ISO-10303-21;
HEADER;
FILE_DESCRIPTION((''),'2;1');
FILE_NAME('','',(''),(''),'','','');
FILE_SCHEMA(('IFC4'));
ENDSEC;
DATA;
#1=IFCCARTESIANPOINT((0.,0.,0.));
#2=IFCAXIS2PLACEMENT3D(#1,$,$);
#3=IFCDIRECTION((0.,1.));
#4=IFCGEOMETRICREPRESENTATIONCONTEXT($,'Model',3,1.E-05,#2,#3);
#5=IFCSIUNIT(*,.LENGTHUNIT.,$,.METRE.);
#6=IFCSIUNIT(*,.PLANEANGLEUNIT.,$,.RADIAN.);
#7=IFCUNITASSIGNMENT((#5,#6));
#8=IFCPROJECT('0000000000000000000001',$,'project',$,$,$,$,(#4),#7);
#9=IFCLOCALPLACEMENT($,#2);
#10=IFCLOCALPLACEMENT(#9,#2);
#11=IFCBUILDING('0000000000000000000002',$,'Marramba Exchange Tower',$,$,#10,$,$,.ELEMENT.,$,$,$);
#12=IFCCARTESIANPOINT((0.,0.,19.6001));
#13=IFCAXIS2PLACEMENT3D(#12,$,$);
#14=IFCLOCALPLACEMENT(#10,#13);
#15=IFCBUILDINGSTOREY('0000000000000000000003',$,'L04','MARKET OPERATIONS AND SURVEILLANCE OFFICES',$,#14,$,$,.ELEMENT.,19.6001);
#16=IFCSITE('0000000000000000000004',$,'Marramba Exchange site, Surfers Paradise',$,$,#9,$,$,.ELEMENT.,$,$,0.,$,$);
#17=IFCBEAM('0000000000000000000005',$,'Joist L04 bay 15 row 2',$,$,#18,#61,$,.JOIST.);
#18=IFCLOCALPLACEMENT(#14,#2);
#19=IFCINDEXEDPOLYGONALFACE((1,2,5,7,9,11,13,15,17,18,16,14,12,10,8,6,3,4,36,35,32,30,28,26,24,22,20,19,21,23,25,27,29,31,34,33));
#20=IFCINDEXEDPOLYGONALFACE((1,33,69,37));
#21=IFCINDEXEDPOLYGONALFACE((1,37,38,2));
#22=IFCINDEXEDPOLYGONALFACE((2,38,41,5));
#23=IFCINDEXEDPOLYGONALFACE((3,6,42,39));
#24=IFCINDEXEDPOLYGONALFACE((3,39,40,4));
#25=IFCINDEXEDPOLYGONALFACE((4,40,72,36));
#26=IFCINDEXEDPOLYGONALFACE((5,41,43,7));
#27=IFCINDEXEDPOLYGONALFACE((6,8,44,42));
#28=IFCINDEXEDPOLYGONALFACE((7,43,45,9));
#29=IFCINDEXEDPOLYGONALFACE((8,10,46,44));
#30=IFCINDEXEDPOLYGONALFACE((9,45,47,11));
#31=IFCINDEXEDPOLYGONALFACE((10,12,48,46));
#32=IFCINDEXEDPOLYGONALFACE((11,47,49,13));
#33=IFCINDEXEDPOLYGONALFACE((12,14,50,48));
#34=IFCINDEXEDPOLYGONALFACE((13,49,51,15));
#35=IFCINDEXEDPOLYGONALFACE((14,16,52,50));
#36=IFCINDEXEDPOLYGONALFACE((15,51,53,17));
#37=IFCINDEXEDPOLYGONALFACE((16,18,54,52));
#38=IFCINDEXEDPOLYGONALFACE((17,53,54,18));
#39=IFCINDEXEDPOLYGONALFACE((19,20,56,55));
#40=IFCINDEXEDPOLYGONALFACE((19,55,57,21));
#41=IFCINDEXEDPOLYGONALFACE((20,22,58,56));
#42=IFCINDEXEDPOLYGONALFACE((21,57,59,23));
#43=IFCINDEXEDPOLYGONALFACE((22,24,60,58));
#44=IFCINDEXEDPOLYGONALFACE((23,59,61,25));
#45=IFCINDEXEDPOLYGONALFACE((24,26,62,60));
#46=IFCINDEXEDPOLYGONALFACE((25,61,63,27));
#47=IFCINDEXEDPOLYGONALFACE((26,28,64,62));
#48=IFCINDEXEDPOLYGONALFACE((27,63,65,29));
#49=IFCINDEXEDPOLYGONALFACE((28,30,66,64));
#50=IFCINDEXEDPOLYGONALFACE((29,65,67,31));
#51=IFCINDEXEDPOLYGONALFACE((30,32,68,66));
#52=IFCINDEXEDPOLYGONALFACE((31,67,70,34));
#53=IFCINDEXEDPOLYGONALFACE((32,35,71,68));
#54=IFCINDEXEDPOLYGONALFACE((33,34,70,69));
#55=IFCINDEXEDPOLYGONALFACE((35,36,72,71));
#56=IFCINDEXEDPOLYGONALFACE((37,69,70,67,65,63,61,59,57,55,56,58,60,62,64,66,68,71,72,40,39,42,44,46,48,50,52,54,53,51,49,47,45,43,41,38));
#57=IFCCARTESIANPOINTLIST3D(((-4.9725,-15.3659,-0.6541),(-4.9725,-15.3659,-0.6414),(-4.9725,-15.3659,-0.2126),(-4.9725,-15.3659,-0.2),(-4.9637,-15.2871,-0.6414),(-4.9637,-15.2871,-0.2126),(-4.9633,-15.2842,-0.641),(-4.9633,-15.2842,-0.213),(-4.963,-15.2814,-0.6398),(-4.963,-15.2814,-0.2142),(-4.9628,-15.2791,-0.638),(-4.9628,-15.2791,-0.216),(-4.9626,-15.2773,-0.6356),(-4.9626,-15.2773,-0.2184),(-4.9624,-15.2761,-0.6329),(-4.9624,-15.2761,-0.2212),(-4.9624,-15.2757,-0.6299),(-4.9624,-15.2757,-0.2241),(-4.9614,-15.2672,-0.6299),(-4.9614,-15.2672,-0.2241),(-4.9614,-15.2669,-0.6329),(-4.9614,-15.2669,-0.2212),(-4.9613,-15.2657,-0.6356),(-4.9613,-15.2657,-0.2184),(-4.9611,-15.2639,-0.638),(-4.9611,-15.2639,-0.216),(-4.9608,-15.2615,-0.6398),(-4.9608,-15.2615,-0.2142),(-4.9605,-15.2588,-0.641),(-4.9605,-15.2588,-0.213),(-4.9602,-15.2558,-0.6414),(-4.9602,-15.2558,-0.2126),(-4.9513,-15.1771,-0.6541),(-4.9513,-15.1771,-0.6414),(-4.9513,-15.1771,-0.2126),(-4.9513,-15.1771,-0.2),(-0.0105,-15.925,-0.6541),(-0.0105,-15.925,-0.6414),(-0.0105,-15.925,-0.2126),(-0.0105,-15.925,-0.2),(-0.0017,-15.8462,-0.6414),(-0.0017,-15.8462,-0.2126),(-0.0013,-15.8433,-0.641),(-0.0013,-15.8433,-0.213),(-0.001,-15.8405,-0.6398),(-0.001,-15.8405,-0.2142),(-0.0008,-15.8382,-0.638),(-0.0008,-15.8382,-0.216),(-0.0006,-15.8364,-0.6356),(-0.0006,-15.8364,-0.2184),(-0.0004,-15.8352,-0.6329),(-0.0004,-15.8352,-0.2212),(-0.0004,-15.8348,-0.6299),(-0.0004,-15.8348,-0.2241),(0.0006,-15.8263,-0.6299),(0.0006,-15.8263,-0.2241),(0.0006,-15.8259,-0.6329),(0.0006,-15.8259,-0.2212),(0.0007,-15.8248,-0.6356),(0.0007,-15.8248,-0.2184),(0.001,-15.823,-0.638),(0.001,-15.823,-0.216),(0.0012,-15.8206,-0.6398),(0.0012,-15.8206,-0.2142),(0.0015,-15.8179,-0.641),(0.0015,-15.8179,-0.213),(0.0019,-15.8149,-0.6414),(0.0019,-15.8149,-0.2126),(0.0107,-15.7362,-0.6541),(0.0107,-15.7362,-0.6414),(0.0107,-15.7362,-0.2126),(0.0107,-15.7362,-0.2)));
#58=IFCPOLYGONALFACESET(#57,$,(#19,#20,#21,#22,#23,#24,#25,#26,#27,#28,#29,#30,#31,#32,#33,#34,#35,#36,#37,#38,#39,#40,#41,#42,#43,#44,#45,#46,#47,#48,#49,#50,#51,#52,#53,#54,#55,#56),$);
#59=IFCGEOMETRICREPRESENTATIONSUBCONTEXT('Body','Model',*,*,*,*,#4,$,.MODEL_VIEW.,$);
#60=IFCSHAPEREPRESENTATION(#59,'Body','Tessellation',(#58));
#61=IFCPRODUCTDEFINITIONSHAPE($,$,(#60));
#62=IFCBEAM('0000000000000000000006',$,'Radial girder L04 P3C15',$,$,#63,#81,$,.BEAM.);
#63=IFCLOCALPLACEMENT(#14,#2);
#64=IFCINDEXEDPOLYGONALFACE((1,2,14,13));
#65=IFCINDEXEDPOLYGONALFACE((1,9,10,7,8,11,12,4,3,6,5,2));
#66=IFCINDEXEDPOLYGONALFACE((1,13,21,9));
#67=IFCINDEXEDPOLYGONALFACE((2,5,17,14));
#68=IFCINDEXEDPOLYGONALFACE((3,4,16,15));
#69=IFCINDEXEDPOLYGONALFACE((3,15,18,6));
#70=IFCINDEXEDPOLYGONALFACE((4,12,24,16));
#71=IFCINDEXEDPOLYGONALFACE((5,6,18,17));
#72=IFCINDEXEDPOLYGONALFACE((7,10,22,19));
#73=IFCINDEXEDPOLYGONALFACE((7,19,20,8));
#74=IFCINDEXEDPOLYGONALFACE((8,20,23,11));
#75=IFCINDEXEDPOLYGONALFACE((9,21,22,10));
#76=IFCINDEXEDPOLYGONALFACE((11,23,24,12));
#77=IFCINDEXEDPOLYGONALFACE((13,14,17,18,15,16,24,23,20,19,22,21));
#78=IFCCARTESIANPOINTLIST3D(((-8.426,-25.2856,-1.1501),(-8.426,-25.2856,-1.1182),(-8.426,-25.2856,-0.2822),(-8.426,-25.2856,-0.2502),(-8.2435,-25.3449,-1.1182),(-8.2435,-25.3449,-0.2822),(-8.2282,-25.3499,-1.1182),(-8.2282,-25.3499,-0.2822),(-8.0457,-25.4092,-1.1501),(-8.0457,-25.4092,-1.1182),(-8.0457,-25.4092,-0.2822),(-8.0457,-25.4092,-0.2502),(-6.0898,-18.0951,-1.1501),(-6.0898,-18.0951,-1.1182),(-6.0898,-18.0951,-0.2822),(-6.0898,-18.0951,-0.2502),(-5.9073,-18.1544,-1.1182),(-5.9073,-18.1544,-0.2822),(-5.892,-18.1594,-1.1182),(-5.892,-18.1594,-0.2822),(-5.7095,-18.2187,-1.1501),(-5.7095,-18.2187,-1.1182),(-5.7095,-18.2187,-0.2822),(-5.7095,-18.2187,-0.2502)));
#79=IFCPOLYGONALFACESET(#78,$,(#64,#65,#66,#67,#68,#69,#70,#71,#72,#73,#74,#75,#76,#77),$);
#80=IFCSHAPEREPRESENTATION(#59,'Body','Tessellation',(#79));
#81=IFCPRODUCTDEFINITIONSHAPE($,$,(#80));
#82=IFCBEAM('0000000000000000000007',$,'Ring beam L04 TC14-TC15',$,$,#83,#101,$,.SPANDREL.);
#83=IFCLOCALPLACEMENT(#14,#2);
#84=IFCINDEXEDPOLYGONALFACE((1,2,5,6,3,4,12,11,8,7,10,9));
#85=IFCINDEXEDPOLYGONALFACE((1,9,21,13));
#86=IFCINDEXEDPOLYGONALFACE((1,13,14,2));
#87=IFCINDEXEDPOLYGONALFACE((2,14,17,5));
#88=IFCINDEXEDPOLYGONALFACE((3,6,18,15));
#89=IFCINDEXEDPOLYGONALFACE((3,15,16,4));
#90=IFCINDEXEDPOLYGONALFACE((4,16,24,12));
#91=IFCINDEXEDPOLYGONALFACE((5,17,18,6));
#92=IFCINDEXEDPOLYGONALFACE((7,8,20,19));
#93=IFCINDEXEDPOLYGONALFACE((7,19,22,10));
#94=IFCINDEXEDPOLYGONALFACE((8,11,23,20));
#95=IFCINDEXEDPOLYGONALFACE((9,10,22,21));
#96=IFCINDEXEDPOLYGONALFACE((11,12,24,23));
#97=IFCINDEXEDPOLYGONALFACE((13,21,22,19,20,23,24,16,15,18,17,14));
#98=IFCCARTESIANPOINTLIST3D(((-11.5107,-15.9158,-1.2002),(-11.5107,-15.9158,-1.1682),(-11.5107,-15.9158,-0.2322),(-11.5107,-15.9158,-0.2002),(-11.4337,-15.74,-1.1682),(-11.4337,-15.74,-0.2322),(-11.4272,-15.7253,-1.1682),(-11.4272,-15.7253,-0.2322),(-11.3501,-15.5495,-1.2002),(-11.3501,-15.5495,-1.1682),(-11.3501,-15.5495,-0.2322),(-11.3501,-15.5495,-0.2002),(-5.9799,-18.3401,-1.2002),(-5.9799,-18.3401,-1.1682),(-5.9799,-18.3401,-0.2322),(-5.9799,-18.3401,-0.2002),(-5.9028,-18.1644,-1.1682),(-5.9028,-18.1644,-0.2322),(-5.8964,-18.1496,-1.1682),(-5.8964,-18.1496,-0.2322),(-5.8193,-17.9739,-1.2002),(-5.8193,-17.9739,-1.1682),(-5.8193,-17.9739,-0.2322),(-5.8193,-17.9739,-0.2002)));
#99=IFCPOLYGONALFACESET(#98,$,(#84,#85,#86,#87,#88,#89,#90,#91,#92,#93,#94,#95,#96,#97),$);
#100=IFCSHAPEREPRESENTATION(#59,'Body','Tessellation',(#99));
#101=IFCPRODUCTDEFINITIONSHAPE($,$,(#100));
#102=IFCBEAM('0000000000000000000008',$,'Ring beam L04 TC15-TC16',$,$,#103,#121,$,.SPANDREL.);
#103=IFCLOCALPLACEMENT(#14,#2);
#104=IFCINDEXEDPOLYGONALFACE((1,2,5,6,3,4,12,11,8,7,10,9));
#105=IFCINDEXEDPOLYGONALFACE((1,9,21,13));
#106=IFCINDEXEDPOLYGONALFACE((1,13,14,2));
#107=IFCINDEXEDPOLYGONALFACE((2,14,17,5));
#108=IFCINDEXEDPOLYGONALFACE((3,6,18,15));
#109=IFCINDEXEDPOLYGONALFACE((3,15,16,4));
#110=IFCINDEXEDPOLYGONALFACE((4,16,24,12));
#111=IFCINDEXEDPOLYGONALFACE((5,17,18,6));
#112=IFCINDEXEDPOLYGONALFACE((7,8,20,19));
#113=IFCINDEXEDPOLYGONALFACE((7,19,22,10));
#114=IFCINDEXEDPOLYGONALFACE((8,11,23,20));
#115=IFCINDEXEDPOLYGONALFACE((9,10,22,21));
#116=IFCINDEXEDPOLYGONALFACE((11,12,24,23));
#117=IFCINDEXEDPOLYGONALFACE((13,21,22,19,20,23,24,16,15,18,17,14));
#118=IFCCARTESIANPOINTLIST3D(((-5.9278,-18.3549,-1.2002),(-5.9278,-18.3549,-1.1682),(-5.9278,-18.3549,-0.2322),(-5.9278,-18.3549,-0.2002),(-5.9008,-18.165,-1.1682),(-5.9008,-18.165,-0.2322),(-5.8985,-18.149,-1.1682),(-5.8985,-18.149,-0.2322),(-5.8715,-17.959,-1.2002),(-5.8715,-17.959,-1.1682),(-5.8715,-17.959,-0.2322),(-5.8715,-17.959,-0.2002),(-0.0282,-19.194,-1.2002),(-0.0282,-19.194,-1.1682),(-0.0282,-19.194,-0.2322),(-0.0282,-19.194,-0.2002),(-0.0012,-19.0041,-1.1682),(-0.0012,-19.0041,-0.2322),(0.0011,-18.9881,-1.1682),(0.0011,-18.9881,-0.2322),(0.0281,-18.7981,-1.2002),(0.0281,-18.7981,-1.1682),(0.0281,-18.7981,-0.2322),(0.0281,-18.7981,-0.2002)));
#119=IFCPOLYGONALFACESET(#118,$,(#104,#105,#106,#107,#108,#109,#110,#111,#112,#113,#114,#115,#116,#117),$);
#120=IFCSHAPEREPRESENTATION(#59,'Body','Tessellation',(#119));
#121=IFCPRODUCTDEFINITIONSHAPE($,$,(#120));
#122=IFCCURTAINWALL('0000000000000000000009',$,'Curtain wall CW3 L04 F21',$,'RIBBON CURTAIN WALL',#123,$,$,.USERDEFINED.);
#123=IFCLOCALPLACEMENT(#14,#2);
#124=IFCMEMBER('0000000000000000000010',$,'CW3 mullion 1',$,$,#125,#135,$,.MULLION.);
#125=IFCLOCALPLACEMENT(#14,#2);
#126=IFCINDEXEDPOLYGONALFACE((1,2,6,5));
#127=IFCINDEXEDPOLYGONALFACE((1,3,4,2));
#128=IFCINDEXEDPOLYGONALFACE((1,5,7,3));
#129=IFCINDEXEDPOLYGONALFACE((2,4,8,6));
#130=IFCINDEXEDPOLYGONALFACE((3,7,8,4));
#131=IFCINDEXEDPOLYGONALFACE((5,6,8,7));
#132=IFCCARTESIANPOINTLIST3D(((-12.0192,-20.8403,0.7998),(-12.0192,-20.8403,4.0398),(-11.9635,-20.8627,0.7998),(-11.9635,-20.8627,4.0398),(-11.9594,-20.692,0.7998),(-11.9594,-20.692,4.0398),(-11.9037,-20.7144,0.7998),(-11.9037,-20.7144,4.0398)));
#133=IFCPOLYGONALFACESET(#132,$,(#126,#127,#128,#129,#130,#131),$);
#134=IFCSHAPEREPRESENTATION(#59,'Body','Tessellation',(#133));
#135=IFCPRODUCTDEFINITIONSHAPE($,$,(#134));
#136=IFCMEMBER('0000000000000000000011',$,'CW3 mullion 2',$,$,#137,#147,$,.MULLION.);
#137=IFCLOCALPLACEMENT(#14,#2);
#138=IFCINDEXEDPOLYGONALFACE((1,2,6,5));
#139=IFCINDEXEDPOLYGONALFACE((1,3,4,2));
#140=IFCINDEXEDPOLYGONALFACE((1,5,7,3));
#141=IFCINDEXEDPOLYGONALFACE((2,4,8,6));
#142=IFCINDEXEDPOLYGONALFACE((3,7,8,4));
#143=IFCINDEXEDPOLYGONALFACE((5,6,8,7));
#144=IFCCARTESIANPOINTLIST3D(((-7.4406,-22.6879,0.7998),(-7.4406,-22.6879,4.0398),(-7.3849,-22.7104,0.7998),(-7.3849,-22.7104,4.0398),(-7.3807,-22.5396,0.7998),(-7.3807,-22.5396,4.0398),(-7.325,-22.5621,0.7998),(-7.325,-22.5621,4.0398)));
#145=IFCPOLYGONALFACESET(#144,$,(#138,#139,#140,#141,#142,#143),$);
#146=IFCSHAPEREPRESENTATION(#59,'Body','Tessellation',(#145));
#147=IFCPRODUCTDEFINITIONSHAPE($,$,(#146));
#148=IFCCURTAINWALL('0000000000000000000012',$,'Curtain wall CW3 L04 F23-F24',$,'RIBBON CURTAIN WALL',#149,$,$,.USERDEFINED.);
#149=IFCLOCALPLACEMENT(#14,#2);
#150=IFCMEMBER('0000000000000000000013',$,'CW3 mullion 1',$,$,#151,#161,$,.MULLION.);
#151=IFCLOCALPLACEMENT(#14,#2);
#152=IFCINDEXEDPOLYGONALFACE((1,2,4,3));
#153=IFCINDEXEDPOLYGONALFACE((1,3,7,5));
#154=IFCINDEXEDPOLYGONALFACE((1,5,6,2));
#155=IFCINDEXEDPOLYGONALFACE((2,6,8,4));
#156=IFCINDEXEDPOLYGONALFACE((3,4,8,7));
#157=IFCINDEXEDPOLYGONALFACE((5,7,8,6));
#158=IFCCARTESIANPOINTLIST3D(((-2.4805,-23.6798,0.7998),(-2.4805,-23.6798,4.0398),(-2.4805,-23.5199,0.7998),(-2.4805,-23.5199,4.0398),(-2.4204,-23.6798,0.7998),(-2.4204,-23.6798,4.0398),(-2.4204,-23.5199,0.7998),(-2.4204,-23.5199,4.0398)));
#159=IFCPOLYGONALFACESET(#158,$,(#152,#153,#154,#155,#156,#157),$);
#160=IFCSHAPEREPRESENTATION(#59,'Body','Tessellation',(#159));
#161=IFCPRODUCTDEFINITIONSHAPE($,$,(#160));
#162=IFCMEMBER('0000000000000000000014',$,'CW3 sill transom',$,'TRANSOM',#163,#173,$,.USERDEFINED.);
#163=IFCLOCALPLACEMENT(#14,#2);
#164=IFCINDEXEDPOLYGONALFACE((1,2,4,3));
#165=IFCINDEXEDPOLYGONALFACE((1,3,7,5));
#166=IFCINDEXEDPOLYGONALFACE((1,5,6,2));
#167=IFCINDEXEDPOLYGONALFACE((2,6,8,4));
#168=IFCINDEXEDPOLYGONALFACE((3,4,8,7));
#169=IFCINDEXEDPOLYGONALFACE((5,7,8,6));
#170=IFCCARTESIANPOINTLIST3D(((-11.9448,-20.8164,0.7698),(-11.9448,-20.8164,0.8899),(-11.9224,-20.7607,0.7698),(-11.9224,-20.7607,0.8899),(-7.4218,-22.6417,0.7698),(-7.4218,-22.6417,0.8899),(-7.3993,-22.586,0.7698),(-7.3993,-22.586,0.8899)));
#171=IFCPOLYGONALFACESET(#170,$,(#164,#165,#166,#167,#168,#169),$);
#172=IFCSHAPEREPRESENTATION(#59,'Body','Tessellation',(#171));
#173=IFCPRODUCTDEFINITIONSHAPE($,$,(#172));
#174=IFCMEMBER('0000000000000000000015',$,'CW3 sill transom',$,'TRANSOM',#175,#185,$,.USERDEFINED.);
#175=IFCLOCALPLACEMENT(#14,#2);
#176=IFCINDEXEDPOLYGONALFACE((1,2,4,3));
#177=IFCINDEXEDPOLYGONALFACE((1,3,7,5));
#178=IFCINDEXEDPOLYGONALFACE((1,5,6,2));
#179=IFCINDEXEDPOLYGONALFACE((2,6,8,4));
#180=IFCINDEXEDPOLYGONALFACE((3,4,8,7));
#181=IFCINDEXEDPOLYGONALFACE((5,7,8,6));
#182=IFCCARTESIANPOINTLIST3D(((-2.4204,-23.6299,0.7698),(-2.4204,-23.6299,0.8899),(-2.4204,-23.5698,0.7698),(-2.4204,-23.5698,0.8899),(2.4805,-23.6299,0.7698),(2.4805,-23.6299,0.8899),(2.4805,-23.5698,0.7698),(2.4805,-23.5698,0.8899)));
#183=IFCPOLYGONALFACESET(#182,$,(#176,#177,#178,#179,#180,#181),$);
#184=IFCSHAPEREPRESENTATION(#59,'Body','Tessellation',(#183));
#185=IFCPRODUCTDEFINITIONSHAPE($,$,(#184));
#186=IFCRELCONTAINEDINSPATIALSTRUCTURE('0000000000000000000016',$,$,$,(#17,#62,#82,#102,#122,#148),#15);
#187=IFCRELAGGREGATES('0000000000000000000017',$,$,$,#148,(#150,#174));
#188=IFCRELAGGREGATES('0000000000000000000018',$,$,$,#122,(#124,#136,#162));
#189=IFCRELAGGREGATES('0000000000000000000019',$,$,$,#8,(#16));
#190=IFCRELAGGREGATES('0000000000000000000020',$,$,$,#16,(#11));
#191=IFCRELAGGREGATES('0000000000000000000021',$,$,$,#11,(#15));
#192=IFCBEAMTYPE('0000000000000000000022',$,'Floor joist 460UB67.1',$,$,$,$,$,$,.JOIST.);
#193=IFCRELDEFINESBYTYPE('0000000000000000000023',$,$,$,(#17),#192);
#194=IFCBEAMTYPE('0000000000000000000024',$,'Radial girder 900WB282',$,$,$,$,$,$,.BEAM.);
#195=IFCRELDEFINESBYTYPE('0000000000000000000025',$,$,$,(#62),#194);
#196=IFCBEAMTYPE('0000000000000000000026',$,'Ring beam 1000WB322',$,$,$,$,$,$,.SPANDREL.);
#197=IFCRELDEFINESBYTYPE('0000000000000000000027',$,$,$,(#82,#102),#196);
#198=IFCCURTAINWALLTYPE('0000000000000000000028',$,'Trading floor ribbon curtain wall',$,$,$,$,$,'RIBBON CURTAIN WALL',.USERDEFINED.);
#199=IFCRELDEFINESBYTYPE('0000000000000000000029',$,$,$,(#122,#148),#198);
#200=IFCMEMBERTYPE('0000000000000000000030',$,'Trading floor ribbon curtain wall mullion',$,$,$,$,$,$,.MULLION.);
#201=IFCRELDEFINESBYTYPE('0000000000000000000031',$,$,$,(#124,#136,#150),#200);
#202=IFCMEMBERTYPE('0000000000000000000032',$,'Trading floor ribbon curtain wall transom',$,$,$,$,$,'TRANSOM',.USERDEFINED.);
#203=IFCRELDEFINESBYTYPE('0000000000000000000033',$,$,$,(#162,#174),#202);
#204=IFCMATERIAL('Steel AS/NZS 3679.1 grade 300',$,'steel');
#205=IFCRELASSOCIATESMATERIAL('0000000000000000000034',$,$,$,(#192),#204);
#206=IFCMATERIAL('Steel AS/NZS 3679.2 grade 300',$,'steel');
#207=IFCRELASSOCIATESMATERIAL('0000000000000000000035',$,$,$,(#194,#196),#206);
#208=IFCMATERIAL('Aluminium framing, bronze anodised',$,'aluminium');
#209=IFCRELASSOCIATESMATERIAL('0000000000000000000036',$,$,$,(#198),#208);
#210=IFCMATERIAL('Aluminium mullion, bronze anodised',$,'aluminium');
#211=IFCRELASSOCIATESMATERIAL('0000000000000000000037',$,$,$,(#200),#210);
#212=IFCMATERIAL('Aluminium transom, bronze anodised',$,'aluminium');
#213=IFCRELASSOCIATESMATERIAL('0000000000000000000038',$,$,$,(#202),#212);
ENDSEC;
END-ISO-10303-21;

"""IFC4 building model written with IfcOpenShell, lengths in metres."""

from ifc_helpers import new_model, si_unit, direction, frame, origin, origin_2d, place, context, subcontext, project, spatial, rectangle, i_section, extrude, material, material_profile, profile_set, type_object, element, aggregate, save


model = new_model("IFC4")

# Units and contexts
model_context = context("Model", 3, precision=1e-05, world=origin(), true_north=direction((0.0, 1.0)))
body_context = subcontext(model_context, "Body", "Model", "MODEL_VIEW")
ifc_project = project(units=[si_unit("LENGTHUNIT", "METRE"), si_unit("PLANEANGLEUNIT", "RADIAN")], contexts=[model_context])

# Site, building, storey
site_placement = place(None, origin())
site = spatial("IfcSite", under=ifc_project, at=site_placement, Name="Marramba Exchange site, Surfers Paradise", CompositionType="ELEMENT", RefElevation=0.0)
building_placement = place(site_placement, origin())
building = spatial("IfcBuilding", under=site, at=building_placement, Name="Marramba Exchange Tower", CompositionType="ELEMENT")
storey_placement = place(building_placement, frame((0.0, 0.0, 19.6001)))
storey = spatial("IfcBuildingStorey", under=building, at=storey_placement, Name="L04", Description="MARKET OPERATIONS AND SURVEILLANCE OFFICES", CompositionType="ELEMENT", Elevation=19.6001)

# Beams
ifc_material_1 = material(Name="Steel AS/NZS 3679.1 grade 300", Category="steel")
ifc_material_profile_1 = material_profile(ifc_material_1, i_section(OverallWidth=0.1899, OverallDepth=0.4541, WebThickness=0.0085, FlangeThickness=0.0127, FilletRadius=0.0115, at=origin_2d()), Name="460UB67.1")
ifc_profile_set_1 = profile_set([ifc_material_profile_1], Name="Steel AS/NZS 3679.1 grade 300")
beam_type_1 = type_object("IfcBeamType", Name="Floor joist 460UB67.1", PredefinedType="JOIST", material=ifc_profile_set_1)
beam_1_placement = place(storey_placement, frame((-4.9619, -15.2715, -0.427), z_axis=(0.993712, -0.111966, 0.0), x_axis=(0.111966, 0.993712, 0.0)))
element("IfcBeam", 1, at=beam_1_placement, inside=storey, type_object=beam_type_1, Name="Joist L04 bay 15 row 2", PredefinedType="JOIST", context=body_context, shape_type="SweptSolid", body=[
    extrude(i_section(OverallWidth=0.1899, OverallDepth=0.4541, WebThickness=0.0085, FlangeThickness=0.0127, FilletRadius=0.0115, at=origin_2d()), origin(), (0.0, 0.0, 1.0), 4.9934),
])
ifc_material_2 = material(Name="Steel AS/NZS 3679.2 grade 300", Category="steel")
ifc_material_profile_2 = material_profile(ifc_material_2, i_section(OverallWidth=0.3999, OverallDepth=0.8999, WebThickness=0.0161, FlangeThickness=0.032, at=origin_2d()), Name="900WB282")
ifc_profile_set_2 = profile_set([ifc_material_profile_2], Name="Steel AS/NZS 3679.2 grade 300")
beam_type_2 = type_object("IfcBeamType", Name="Radial girder 900WB282", PredefinedType="BEAM", material=ifc_profile_set_2)
beam_2_placement = place(storey_placement, frame((-8.2358, -25.3474, -0.7002), z_axis=(0.309001, 0.951062, 0.0), x_axis=(-0.951062, 0.309001, 0.0)))
element("IfcBeam", 2, at=beam_2_placement, inside=storey, type_object=beam_type_2, Name="Radial girder L04 P3C15", PredefinedType="BEAM", context=body_context, shape_type="SweptSolid", body=[
    extrude(i_section(OverallWidth=0.3999, OverallDepth=0.8999, WebThickness=0.0161, FlangeThickness=0.032, at=origin_2d()), origin(), (0.0, 0.0, 1.0), 7.5605),
])
ifc_material_profile_3 = material_profile(ifc_material_2, i_section(OverallWidth=0.3999, OverallDepth=1.0, WebThickness=0.0161, FlangeThickness=0.032, at=origin_2d()), Name="1000WB322")
ifc_profile_set_3 = profile_set([ifc_material_profile_3], Name="Steel AS/NZS 3679.2 grade 300")
beam_type_3 = type_object("IfcBeamType", Name="Ring beam 1000WB322", PredefinedType="SPANDREL", material=ifc_profile_set_3)
beam_3_placement = place(storey_placement, frame((-11.4304, -15.7327, -0.7002), z_axis=(0.915877, -0.401459, 0.0), x_axis=(0.401459, 0.915877, 0.0)))
element("IfcBeam", 3, at=beam_3_placement, inside=storey, type_object=beam_type_3, Name="Ring beam L04 TC14-TC15", PredefinedType="SPANDREL", context=body_context, shape_type="SweptSolid", body=[
    extrude(i_section(OverallWidth=0.3999, OverallDepth=1.0, WebThickness=0.0161, FlangeThickness=0.032, at=origin_2d()), origin(), (0.0, 0.0, 1.0), 6.0388),
])
beam_4_placement = place(storey_placement, frame((-5.8997, -18.157, -0.7002), z_axis=(0.990036, -0.140813, 0.0), x_axis=(0.140813, 0.990036, 0.0)))
element("IfcBeam", 4, at=beam_4_placement, inside=storey, type_object=beam_type_3, Name="Ring beam L04 TC15-TC16", PredefinedType="SPANDREL", context=body_context, shape_type="SweptSolid", body=[
    extrude(i_section(OverallWidth=0.3999, OverallDepth=1.0, WebThickness=0.0161, FlangeThickness=0.032, at=origin_2d()), origin(), (0.0, 0.0, 1.0), 5.959),
])

# Curtain wall, members
ifc_material_3 = material(Name="Aluminium framing, bronze anodised", Category="aluminium")
curtain_wall_type = type_object("IfcCurtainWallType", Name="Trading floor ribbon curtain wall", ElementType="RIBBON CURTAIN WALL", PredefinedType="USERDEFINED", material=ifc_material_3)
curtain_wall_1_placement = place(storey_placement, origin())
curtain_wall_1 = element("IfcCurtainWall", 5, at=curtain_wall_1_placement, inside=storey, type_object=curtain_wall_type, Name="Curtain wall CW3 L04 F21", ObjectType="RIBBON CURTAIN WALL", PredefinedType="USERDEFINED")
ifc_material_4 = material(Name="Aluminium mullion, bronze anodised", Category="aluminium")
ifc_material_profile_4 = material_profile(ifc_material_4, rectangle(XDim=0.1599, YDim=0.0601, at=origin_2d()), Name="CW3 mullion 60x160")
ifc_profile_set_4 = profile_set([ifc_material_profile_4], Name="Aluminium mullion, bronze anodised")
member_type_1 = type_object("IfcMemberType", Name="Trading floor ribbon curtain wall mullion", PredefinedType="MULLION", material=ifc_profile_set_4)
member_1_placement = place(storey_placement, frame((-11.9614, -20.7773, 0.7998), z_axis=(0.0, 0.0, 1.0), x_axis=(0.374218, 0.927341, 0.0)))
member_1 = element("IfcMember", 6, at=member_1_placement, type_object=member_type_1, Name="CW3 mullion 1", PredefinedType="MULLION", context=body_context, shape_type="SweptSolid", body=[
    extrude(rectangle(XDim=0.1599, YDim=0.0601, at=origin_2d()), origin(), (0.0, 0.0, 1.0), 3.24),
])
member_2_placement = place(storey_placement, frame((-7.3828, -22.625, 0.7998), z_axis=(0.0, 0.0, 1.0), x_axis=(0.374218, 0.927341, 0.0)))
member_2 = element("IfcMember", 7, at=member_2_placement, type_object=member_type_1, Name="CW3 mullion 2", PredefinedType="MULLION", context=body_context, shape_type="SweptSolid", body=[
    extrude(rectangle(XDim=0.1599, YDim=0.0601, at=origin_2d()), origin(), (0.0, 0.0, 1.0), 3.24),
])

# Curtain wall, member
curtain_wall_2_placement = place(storey_placement, origin())
curtain_wall_2 = element("IfcCurtainWall", 8, at=curtain_wall_2_placement, inside=storey, type_object=curtain_wall_type, Name="Curtain wall CW3 L04 F23-F24", ObjectType="RIBBON CURTAIN WALL", PredefinedType="USERDEFINED")
member_3_placement = place(storey_placement, frame((-2.4504, -23.5999, 0.7998), z_axis=(0.0, 0.0, 1.0), x_axis=(0.0, 1.0, 0.0)))
member_3 = element("IfcMember", 9, at=member_3_placement, type_object=member_type_1, Name="CW3 mullion 1", PredefinedType="MULLION", context=body_context, shape_type="SweptSolid", body=[
    extrude(rectangle(XDim=0.1599, YDim=0.0601, at=origin_2d()), origin(), (0.0, 0.0, 1.0), 3.24),
])

# Members
ifc_material_5 = material(Name="Aluminium transom, bronze anodised", Category="aluminium")
ifc_material_profile_5 = material_profile(ifc_material_5, rectangle(XDim=0.0601, YDim=0.1201, at=origin_2d()), Name="CW3 transom 60x120")
ifc_profile_set_5 = profile_set([ifc_material_profile_5], Name="Aluminium transom, bronze anodised")
member_type_2 = type_object("IfcMemberType", Name="Trading floor ribbon curtain wall transom", ElementType="TRANSOM", PredefinedType="USERDEFINED", material=ifc_profile_set_5)
member_4_placement = place(storey_placement, frame((-11.9336, -20.7886, 0.8298), z_axis=(0.92734, -0.37422, 0.0), x_axis=(0.37422, 0.92734, 0.0)))
member_4 = element("IfcMember", 10, at=member_4_placement, type_object=member_type_2, Name="CW3 sill transom", ObjectType="TRANSOM", PredefinedType="USERDEFINED", context=body_context, shape_type="SweptSolid", body=[
    extrude(rectangle(XDim=0.0601, YDim=0.1201, at=origin_2d()), origin(), (0.0, 0.0, 1.0), 4.8774),
])
member_5_placement = place(storey_placement, frame((-2.4204, -23.5999, 0.8298), z_axis=(1.0, 0.0, 0.0), x_axis=(0.0, 1.0, 0.0)))
member_5 = element("IfcMember", 11, at=member_5_placement, type_object=member_type_2, Name="CW3 sill transom", ObjectType="TRANSOM", PredefinedType="USERDEFINED", context=body_context, shape_type="SweptSolid", body=[
    extrude(rectangle(XDim=0.0601, YDim=0.1201, at=origin_2d()), origin(), (0.0, 0.0, 1.0), 4.9009),
])
aggregate(curtain_wall_2, [member_3, member_5])

aggregate(curtain_wall_1, [member_1, member_2, member_4])

save(model, "model.ifc")
